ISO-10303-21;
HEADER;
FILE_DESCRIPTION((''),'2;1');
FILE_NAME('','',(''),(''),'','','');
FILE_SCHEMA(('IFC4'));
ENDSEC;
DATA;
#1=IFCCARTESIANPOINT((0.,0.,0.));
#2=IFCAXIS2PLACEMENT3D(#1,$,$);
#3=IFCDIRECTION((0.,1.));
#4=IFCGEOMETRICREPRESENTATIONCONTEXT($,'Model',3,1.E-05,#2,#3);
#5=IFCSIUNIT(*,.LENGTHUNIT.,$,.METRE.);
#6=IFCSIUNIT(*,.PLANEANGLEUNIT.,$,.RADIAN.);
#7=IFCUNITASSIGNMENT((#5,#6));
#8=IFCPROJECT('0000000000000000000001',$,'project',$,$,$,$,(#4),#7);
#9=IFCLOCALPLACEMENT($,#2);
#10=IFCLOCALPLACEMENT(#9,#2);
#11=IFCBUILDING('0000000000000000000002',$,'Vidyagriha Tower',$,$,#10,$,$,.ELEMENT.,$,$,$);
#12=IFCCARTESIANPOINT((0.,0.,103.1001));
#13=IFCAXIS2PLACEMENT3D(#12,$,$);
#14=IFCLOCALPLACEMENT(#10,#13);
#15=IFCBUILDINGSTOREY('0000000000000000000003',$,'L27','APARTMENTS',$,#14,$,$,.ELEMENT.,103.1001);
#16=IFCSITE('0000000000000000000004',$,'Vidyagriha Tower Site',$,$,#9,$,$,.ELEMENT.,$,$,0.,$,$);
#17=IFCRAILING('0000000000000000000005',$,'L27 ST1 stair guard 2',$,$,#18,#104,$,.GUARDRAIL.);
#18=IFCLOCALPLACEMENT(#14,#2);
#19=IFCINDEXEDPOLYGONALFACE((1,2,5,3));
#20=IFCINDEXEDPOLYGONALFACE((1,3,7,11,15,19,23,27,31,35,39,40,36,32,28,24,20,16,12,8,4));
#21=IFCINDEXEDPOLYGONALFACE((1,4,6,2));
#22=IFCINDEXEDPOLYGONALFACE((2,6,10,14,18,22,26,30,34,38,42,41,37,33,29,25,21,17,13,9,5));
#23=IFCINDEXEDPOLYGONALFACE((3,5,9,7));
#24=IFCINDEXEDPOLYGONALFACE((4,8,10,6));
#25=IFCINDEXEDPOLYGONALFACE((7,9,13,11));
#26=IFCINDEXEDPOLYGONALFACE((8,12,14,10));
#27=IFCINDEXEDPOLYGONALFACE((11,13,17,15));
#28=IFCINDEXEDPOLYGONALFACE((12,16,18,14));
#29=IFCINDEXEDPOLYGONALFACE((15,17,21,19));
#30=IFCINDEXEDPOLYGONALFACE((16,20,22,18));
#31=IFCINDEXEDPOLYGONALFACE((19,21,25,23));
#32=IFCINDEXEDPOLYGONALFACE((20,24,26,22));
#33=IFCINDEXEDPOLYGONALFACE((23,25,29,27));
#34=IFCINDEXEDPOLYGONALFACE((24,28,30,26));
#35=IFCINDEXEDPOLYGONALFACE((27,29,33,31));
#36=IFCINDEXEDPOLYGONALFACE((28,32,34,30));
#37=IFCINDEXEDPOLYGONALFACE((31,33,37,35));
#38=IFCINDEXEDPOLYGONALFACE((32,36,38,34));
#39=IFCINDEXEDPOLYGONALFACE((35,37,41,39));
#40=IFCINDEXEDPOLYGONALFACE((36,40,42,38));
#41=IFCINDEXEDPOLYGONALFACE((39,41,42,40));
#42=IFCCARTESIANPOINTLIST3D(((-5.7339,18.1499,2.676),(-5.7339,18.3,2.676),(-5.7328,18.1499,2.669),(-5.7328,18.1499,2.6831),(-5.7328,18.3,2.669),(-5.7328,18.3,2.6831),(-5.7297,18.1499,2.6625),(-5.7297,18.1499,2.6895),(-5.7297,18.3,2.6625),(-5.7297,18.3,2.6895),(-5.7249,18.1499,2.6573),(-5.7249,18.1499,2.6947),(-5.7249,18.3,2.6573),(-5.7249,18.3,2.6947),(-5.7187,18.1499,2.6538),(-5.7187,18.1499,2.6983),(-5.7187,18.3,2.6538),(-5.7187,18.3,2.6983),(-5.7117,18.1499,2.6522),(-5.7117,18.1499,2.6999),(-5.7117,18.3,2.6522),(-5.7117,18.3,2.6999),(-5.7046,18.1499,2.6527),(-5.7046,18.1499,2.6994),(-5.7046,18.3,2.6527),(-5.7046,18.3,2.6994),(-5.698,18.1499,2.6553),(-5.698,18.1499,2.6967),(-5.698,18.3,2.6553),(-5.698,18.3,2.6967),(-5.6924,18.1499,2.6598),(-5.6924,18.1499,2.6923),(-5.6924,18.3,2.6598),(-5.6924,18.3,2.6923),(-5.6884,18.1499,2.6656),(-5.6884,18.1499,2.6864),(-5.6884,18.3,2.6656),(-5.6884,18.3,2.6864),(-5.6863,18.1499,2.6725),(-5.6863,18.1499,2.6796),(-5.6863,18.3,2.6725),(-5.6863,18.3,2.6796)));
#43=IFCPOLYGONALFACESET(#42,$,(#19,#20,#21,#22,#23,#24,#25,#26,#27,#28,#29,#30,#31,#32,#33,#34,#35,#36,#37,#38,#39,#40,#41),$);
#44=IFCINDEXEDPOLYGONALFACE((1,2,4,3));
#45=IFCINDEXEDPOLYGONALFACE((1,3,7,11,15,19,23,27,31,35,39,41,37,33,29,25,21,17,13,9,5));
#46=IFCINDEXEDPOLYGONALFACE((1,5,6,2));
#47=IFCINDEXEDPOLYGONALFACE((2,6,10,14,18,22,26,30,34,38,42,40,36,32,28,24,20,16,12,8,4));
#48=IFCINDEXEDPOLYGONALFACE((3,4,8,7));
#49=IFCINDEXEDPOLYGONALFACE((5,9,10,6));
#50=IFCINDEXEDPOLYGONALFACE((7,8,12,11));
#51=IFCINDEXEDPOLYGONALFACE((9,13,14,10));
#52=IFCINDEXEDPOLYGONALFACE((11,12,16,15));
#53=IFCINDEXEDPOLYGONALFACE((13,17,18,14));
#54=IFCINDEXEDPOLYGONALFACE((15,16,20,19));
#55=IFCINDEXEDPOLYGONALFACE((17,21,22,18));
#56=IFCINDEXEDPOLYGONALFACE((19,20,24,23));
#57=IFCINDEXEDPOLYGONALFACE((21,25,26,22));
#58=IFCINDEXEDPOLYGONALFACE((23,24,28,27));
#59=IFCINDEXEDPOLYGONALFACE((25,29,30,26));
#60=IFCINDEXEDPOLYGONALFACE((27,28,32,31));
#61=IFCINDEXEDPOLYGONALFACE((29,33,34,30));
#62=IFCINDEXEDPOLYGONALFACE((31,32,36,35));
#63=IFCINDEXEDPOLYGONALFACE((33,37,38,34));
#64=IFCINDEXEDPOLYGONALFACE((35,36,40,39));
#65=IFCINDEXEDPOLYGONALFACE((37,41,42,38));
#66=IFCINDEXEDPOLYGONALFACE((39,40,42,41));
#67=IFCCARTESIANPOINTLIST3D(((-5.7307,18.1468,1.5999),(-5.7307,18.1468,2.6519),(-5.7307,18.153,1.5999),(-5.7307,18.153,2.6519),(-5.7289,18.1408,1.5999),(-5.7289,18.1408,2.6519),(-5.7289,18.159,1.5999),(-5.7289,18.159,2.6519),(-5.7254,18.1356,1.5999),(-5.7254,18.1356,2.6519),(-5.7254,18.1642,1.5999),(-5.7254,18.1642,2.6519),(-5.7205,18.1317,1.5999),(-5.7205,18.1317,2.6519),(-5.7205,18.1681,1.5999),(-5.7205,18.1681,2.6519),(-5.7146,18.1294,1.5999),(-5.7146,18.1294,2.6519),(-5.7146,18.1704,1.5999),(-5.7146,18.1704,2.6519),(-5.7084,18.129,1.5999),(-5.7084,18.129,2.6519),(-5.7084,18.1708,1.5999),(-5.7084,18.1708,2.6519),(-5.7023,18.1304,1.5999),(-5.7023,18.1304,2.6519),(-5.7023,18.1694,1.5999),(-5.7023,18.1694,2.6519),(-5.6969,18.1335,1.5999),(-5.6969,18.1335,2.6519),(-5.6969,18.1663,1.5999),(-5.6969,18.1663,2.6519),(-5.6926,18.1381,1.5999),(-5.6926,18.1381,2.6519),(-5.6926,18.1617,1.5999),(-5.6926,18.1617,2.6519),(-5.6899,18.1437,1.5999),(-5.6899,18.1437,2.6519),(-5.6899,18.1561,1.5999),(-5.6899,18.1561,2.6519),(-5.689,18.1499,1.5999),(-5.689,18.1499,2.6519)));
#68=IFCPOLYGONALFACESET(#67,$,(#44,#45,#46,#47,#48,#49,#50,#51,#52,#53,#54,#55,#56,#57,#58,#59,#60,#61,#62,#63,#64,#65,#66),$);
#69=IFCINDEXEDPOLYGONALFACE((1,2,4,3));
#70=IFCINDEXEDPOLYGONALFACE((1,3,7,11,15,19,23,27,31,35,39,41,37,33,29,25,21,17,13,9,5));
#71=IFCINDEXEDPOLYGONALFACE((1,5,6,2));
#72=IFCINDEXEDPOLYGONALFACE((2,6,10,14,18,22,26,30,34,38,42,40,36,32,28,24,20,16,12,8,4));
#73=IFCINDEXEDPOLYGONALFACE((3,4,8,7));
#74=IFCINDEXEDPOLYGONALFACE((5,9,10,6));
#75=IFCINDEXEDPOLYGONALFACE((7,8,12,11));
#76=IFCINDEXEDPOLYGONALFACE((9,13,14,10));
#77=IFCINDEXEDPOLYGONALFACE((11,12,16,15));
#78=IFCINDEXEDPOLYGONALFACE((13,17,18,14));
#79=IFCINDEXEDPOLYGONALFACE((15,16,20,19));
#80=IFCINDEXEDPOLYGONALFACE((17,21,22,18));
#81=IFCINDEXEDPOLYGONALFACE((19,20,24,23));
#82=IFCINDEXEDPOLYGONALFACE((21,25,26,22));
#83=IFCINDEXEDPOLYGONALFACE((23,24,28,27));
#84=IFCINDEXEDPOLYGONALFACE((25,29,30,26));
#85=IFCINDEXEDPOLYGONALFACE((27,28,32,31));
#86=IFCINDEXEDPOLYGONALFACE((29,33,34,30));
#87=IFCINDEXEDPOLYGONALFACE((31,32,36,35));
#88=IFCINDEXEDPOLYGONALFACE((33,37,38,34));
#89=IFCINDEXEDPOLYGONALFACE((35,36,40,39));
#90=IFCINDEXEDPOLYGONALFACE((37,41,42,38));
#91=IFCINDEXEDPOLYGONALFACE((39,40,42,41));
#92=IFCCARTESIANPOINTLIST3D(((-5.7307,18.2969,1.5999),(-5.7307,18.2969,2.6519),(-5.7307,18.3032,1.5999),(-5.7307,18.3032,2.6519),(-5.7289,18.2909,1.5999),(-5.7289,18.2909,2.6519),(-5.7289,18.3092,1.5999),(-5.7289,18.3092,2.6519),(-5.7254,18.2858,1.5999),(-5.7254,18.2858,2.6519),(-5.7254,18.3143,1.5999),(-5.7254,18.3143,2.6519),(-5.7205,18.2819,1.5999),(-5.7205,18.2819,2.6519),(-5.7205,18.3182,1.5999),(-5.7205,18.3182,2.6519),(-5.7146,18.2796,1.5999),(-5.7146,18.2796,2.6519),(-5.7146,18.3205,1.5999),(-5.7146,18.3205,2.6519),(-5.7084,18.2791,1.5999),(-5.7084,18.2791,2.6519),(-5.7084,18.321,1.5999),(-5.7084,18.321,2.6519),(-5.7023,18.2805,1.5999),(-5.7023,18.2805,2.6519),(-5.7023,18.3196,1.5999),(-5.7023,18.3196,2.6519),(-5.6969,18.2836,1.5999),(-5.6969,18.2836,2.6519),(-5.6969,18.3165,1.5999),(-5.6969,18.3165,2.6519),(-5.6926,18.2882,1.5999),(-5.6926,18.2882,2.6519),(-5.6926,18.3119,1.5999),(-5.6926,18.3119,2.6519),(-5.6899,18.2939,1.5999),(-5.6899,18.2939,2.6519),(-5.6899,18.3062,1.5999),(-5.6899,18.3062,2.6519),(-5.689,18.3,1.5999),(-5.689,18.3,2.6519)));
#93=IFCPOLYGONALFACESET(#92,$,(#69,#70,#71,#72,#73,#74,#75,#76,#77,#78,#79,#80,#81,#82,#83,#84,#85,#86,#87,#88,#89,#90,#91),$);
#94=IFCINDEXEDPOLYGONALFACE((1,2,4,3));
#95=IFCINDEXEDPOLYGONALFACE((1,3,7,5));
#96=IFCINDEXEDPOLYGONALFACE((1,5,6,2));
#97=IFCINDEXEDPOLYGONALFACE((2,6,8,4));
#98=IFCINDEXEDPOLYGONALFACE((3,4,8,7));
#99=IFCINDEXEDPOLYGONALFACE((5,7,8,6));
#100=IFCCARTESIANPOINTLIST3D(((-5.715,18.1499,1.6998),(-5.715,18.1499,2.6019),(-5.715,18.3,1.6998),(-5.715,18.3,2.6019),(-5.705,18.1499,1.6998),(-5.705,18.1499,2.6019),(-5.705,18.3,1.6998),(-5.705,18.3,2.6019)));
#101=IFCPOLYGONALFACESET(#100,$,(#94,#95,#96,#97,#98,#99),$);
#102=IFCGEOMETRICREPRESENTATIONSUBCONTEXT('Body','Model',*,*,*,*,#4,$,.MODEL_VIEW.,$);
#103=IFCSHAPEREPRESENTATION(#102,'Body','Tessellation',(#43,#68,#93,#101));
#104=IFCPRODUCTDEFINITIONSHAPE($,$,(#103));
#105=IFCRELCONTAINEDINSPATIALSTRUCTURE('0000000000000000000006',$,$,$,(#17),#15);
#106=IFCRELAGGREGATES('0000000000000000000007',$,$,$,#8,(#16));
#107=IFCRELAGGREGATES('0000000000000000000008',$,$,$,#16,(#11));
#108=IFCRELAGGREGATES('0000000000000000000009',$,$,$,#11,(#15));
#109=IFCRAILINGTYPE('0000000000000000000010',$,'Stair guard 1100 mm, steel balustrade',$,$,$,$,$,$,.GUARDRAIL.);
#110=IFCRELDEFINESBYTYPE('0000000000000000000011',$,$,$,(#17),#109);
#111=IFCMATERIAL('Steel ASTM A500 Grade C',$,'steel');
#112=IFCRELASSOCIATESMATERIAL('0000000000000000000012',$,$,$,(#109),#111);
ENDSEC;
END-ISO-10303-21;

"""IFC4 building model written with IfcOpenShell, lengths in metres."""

from ifc_helpers import new_model, si_unit, direction, frame, origin, origin_2d, place, context, subcontext, project, spatial, rectangle, circle, extrude, material, type_object, element, save


model = new_model("IFC4")

# Units and contexts
model_context = context("Model", 3, precision=1e-05, world=origin(), true_north=direction((0.0, 1.0)))
body_context = subcontext(model_context, "Body", "Model", "MODEL_VIEW")
ifc_project = project(units=[si_unit("LENGTHUNIT", "METRE"), si_unit("PLANEANGLEUNIT", "RADIAN")], contexts=[model_context])

# Site, building, storey
site_placement = place(None, origin())
site = spatial("IfcSite", under=ifc_project, at=site_placement, Name="Vidyagriha Tower Site", CompositionType="ELEMENT", RefElevation=0.0)
building_placement = place(site_placement, origin())
building = spatial("IfcBuilding", under=site, at=building_placement, Name="Vidyagriha Tower", CompositionType="ELEMENT")
storey_placement = place(building_placement, frame((0.0, 0.0, 103.1001)))
storey = spatial("IfcBuildingStorey", under=building, at=storey_placement, Name="L27", Description="APARTMENTS", CompositionType="ELEMENT", Elevation=103.1001)

# Railing
ifc_material_1 = material(Name="Steel ASTM A500 Grade C", Category="steel")
railing_type_1 = type_object("IfcRailingType", Name="Stair guard 1100 mm, steel balustrade", PredefinedType="GUARDRAIL", material=ifc_material_1)
railing_1_placement = place(storey_placement, frame((-5.71, 18.1499, 1.5999)))
element("IfcRailing", 1, at=railing_1_placement, inside=storey, type_object=railing_type_1, Name="L27 ST1 stair guard 2", PredefinedType="GUARDRAIL", context=body_context, shape_type="SweptSolid", body=[
    extrude(circle(Radius=0.0239, at=origin_2d()), frame((0.0, 0.0, 1.0762), z_axis=(0.0, 1.0, 0.0), x_axis=(-1.0, 0.0, 0.0)), (0.0, 0.0, 1.0), 0.1501),
    extrude(circle(Radius=0.021, at=origin_2d()), origin(), (0.0, 0.0, 1.0), 1.052),
    extrude(circle(Radius=0.021, at=origin_2d()), frame((0.0, 0.1501, 0.0)), (0.0, 0.0, 1.0), 1.052),
    extrude(rectangle(XDim=0.01, YDim=0.9021, at=origin_2d()), frame((0.0, 0.0, 0.551), z_axis=(0.0, 1.0, 0.0), x_axis=(-1.0, 0.0, 0.0)), (0.0, 0.0, 1.0), 0.1501),
])

save(model, "model.ifc")
